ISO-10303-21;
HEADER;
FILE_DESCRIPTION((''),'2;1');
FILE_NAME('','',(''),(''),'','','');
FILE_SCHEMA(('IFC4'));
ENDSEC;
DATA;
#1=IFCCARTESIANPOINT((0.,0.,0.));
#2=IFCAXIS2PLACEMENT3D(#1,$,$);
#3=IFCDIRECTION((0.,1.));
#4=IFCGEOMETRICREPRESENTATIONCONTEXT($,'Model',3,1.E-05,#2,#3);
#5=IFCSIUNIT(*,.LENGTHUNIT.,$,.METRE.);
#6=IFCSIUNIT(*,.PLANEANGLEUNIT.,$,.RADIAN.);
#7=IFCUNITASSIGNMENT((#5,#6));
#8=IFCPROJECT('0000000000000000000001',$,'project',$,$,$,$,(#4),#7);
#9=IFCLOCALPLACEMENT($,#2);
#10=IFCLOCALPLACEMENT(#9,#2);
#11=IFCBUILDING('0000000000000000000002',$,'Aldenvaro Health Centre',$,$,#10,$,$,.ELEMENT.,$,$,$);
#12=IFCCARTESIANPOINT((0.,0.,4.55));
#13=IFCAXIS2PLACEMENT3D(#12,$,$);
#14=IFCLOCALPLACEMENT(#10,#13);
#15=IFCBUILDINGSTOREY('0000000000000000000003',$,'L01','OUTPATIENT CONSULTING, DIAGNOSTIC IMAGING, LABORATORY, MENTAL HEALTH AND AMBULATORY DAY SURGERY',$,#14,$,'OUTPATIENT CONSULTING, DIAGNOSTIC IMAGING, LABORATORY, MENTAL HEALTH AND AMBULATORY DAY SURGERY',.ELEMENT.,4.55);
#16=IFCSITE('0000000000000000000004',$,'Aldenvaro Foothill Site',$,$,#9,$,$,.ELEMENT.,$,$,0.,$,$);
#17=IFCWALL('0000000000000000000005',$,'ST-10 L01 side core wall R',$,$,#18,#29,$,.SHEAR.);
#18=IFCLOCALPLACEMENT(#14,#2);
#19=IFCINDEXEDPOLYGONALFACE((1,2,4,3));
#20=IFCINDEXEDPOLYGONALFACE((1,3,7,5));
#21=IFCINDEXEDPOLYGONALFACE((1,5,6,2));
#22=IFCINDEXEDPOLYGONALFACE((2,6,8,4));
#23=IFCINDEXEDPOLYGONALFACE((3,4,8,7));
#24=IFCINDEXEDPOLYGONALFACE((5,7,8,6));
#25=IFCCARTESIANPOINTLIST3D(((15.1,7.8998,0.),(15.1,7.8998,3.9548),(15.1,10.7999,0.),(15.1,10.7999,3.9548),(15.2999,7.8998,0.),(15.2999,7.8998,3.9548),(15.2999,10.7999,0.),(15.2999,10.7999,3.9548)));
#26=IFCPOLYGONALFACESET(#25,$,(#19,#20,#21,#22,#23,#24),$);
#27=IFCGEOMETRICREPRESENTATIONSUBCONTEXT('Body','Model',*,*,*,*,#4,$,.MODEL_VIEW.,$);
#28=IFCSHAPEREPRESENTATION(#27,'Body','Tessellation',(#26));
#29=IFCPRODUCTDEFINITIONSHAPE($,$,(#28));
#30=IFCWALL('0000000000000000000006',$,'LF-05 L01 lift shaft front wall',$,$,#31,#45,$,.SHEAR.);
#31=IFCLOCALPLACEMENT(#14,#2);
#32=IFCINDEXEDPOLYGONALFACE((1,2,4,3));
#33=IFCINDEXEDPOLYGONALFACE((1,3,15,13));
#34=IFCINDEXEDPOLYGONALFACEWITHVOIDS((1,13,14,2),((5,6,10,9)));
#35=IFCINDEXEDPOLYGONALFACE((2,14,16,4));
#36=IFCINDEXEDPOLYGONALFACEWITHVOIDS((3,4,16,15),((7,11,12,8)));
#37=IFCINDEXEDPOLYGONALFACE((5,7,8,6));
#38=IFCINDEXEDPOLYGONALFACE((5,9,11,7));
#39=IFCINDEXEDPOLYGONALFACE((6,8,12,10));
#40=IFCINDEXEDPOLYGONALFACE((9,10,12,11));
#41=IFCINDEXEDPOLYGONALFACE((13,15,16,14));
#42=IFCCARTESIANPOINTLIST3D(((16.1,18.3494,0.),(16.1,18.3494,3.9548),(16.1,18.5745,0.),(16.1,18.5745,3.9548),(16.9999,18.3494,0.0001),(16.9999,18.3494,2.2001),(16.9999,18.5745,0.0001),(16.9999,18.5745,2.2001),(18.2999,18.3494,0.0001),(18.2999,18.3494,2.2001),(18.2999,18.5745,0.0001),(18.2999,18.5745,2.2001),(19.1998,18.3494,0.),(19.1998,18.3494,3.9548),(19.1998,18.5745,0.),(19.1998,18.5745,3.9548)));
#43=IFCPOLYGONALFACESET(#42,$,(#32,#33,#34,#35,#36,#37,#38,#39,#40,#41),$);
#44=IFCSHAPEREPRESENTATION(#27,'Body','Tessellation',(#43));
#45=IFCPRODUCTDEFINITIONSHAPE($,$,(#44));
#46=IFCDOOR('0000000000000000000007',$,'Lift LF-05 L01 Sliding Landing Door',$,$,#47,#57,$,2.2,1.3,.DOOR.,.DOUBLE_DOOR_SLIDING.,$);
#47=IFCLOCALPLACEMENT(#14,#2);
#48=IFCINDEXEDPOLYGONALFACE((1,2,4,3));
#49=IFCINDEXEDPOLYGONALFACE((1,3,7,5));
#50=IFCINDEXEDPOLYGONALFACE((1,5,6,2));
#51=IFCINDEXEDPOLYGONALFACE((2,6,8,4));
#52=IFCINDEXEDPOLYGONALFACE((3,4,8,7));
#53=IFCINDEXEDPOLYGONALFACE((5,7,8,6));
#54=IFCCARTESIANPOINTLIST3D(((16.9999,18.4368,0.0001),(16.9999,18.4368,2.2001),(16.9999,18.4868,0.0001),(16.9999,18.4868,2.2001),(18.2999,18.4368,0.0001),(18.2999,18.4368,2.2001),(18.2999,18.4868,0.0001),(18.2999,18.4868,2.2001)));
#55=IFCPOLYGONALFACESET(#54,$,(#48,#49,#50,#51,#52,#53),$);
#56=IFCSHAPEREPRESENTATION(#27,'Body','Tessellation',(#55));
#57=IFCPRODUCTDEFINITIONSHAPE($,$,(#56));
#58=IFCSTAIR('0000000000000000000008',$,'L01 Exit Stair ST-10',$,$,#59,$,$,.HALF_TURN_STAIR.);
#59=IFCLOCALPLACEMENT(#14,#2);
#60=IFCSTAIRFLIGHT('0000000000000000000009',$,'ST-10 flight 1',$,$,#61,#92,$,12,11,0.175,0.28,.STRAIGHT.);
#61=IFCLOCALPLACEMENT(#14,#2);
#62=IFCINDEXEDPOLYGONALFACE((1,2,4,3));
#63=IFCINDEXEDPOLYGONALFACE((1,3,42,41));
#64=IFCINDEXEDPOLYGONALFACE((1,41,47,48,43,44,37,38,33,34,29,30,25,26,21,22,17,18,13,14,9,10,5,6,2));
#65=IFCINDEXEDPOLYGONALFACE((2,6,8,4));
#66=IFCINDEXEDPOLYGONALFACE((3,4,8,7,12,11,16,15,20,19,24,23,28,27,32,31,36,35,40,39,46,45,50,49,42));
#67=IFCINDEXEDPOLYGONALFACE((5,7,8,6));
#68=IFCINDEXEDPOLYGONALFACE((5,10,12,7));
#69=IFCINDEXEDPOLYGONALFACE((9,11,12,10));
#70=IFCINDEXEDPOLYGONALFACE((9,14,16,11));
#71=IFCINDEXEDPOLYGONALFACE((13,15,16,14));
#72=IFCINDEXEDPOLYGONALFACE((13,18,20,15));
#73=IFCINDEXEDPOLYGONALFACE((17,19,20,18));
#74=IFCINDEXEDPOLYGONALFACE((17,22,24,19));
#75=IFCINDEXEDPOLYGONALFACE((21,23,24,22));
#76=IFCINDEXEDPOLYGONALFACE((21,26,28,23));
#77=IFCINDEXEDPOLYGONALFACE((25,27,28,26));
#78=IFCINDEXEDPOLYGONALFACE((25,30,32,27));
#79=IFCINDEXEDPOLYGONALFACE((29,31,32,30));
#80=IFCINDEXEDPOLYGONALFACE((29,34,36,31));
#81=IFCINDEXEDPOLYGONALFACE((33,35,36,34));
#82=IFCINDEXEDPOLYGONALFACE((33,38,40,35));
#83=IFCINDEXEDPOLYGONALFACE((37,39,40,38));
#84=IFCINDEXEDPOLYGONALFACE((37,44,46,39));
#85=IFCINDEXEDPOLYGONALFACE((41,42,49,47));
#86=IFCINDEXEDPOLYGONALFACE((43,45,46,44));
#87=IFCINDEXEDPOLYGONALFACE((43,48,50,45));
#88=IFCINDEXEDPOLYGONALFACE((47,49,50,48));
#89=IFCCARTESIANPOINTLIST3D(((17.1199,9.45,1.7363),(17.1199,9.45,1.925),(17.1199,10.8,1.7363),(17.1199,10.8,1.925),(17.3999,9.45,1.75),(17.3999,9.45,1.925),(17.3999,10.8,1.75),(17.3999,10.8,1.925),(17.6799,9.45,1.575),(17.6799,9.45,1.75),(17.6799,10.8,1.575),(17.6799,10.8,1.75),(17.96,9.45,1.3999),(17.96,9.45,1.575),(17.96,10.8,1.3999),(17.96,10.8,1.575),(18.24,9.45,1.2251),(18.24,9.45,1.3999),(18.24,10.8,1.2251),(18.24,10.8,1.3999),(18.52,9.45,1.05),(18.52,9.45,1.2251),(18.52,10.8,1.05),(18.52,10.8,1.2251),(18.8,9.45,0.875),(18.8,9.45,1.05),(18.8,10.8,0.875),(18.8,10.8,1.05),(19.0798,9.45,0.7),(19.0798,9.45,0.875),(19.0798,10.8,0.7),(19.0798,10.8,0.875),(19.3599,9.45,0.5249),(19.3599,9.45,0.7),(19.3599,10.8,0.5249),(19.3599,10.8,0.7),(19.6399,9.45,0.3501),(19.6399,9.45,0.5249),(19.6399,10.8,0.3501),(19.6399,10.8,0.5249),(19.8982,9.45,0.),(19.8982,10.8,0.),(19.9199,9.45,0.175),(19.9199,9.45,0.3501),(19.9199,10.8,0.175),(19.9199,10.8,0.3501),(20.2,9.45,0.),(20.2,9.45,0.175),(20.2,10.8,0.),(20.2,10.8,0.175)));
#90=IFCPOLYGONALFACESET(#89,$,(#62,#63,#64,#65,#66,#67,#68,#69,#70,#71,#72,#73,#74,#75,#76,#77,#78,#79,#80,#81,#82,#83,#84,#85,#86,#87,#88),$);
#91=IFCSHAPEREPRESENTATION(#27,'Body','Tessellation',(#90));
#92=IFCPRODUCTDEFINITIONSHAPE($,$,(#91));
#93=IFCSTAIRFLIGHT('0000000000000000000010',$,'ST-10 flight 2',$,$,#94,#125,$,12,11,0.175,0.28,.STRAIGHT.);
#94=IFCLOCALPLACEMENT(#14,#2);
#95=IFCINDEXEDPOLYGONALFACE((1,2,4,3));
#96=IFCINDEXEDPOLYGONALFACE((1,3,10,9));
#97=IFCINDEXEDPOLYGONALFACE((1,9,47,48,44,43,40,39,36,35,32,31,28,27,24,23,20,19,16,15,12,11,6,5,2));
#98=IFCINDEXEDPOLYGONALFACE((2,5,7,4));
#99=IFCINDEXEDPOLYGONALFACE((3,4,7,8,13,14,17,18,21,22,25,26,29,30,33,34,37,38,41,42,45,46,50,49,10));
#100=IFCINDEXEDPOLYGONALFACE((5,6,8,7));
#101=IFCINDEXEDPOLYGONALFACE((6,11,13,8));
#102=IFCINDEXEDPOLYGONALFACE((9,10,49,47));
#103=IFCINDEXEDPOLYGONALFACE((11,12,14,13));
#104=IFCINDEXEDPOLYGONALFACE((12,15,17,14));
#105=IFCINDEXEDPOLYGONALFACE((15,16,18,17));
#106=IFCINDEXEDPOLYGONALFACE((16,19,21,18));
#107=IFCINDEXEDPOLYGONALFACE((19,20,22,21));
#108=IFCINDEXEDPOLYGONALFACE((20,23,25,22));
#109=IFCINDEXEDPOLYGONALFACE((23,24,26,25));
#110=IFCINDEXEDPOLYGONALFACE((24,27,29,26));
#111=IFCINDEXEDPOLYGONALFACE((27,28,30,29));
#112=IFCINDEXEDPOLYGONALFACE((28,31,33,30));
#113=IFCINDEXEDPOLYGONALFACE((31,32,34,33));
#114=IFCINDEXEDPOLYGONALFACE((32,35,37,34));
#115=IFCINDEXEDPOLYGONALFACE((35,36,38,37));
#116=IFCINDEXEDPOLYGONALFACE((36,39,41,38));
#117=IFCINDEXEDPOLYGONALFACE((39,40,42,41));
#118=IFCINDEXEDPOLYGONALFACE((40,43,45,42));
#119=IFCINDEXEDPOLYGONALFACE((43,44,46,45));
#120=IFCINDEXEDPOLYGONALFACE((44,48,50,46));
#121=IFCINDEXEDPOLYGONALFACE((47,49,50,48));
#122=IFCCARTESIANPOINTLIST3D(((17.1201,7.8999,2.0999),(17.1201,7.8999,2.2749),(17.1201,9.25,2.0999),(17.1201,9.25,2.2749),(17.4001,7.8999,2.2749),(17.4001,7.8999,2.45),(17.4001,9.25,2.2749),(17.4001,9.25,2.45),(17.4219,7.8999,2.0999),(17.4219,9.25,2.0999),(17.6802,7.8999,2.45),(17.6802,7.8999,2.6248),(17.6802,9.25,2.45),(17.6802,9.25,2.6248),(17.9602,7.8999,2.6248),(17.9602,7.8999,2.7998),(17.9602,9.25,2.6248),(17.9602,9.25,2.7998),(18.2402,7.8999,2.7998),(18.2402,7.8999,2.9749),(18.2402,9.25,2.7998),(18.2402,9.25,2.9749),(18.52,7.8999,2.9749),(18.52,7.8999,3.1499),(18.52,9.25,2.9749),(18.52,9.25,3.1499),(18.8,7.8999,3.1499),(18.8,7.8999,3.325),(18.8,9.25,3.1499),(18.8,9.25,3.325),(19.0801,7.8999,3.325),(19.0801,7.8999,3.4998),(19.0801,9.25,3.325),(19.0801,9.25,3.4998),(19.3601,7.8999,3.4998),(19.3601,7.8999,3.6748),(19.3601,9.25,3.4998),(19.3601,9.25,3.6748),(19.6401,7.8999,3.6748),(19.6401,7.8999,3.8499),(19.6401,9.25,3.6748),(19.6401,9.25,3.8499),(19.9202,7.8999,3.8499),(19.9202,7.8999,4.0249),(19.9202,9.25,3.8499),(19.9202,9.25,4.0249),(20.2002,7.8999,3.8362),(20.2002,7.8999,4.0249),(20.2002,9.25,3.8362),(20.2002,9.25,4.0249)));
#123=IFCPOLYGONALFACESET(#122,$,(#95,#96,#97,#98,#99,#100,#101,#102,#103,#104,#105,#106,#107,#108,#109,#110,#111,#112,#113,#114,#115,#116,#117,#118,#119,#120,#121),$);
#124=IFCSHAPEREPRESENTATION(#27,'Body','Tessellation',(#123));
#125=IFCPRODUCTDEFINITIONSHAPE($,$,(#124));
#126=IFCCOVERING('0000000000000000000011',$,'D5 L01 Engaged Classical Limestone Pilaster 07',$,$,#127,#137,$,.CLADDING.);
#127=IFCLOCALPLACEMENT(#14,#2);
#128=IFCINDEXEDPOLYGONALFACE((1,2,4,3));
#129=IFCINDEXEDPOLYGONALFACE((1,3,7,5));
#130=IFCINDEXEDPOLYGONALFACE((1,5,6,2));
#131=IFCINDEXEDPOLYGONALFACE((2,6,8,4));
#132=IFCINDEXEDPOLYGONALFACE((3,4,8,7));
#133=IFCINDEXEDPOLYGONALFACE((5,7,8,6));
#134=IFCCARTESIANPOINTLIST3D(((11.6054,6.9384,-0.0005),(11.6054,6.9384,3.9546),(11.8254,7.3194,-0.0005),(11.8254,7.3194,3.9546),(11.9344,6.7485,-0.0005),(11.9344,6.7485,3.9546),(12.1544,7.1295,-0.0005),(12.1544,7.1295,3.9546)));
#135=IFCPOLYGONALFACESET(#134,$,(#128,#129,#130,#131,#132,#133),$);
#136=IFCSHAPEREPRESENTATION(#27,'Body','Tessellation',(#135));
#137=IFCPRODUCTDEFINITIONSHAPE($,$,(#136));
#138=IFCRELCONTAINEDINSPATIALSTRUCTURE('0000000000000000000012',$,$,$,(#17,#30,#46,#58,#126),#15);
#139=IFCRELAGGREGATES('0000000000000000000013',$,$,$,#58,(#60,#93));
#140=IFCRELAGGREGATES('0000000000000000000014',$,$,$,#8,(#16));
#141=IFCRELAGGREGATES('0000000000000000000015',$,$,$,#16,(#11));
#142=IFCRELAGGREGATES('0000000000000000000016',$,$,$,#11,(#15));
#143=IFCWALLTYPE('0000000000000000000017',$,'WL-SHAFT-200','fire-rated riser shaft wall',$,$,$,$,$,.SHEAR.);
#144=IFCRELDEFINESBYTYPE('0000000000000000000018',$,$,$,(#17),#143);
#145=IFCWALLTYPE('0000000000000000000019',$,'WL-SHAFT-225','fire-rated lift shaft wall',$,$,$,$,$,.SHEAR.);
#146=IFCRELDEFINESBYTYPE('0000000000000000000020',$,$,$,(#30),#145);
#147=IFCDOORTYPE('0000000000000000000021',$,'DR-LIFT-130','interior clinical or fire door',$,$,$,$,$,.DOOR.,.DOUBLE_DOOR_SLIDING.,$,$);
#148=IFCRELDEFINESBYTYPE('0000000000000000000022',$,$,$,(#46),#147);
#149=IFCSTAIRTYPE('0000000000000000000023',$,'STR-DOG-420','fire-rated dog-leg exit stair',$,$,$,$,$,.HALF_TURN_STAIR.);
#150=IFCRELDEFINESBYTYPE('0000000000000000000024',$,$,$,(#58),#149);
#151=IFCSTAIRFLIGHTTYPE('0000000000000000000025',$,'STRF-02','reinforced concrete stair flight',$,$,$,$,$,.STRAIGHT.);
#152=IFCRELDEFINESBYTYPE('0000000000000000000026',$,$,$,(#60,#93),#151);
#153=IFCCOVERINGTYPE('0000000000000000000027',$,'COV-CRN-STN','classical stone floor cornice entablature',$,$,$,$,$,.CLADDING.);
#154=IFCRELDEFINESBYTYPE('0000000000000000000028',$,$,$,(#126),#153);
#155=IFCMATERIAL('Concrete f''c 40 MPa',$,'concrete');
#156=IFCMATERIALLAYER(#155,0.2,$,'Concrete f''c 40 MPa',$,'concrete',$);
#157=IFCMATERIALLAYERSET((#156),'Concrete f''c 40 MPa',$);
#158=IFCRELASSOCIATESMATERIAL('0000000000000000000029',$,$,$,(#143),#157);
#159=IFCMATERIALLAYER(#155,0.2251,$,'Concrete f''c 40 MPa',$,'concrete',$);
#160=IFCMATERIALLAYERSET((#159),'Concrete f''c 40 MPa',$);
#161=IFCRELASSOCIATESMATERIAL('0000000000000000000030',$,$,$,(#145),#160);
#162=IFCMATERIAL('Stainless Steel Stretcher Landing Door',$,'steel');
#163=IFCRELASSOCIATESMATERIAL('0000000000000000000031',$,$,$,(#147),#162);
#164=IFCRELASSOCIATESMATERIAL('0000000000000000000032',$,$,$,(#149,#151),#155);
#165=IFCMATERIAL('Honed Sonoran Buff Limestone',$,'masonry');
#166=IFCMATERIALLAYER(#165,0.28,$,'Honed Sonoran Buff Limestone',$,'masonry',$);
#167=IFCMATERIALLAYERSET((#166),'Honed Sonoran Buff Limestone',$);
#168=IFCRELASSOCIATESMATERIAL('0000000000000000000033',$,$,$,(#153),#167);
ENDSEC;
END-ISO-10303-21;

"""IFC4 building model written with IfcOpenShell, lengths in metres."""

from ifc_helpers import new_model, si_unit, direction, frame, frame_2d, origin, origin_2d, place, context, subcontext, project, spatial, polyline, rectangle, outline, extrude, material, layer, layer_set, type_object, element, fill, aggregate, save


model = new_model("IFC4")

# Units and contexts
model_context = context("Model", 3, precision=1e-05, world=origin(), true_north=direction((0.0, 1.0)))
body_context = subcontext(model_context, "Body", "Model", "MODEL_VIEW")
ifc_project = project(units=[si_unit("LENGTHUNIT", "METRE"), si_unit("PLANEANGLEUNIT", "RADIAN")], contexts=[model_context])

# Site, building, storey
site_placement = place(None, origin())
site = spatial("IfcSite", under=ifc_project, at=site_placement, Name="Aldenvaro Foothill Site", CompositionType="ELEMENT", RefElevation=0.0)
building_placement = place(site_placement, origin())
building = spatial("IfcBuilding", under=site, at=building_placement, Name="Aldenvaro Health Centre", CompositionType="ELEMENT")
storey_placement = place(building_placement, frame((0.0, 0.0, 4.55)))
storey = spatial("IfcBuildingStorey", under=building, at=storey_placement, Name="L01", Description="OUTPATIENT CONSULTING, DIAGNOSTIC IMAGING, LABORATORY, MENTAL HEALTH AND AMBULATORY DAY SURGERY", LongName="OUTPATIENT CONSULTING, DIAGNOSTIC IMAGING, LABORATORY, MENTAL HEALTH AND AMBULATORY DAY SURGERY", CompositionType="ELEMENT", Elevation=4.55)

# Shared definitions
ifc_material_1 = material(Name="Concrete f'c 40 MPa", Category="concrete")

# Wall
ifc_layer_1 = layer(ifc_material_1, 0.2, Name="Concrete f'c 40 MPa", Category="concrete")
ifc_layer_set_1 = layer_set([ifc_layer_1], Name="Concrete f'c 40 MPa")
wall_type_1 = type_object("IfcWallType", Name="WL-SHAFT-200", Description="fire-rated riser shaft wall", PredefinedType="SHEAR", material=ifc_layer_set_1)
wall_1_placement = place(storey_placement, frame((15.2, 10.8, 0.0), z_axis=(0.0, 0.0, 1.0), x_axis=(0.0, -1.0, 0.0)))
element("IfcWall", 1, at=wall_1_placement, inside=storey, type_object=wall_type_1, Name="ST-10 L01 side core wall R", PredefinedType="SHEAR", context=body_context, shape_type="SweptSolid", body=[
    extrude(rectangle(XDim=2.9001, YDim=0.2, at=frame_2d((1.4502, 0.0))), origin(), (0.0, 0.0, 1.0), 3.9548),
])

# Wall, opening, door
ifc_layer_2 = layer(ifc_material_1, 0.2251, Name="Concrete f'c 40 MPa", Category="concrete")
ifc_layer_set_2 = layer_set([ifc_layer_2], Name="Concrete f'c 40 MPa")
wall_type_2 = type_object("IfcWallType", Name="WL-SHAFT-225", Description="fire-rated lift shaft wall", PredefinedType="SHEAR", material=ifc_layer_set_2)
wall_2_placement = place(storey_placement, frame((16.1001, 18.4619, 0.0), z_axis=(0.0, 0.0, 1.0), x_axis=(1.0, 0.0, 0.0)))
wall_2 = element("IfcWall", 2, at=wall_2_placement, inside=storey, type_object=wall_type_2, Name="LF-05 L01 lift shaft front wall", PredefinedType="SHEAR", context=body_context, shape_type="SweptSolid", body=[
    extrude(rectangle(XDim=3.0999, YDim=0.2251, at=frame_2d((1.5498, 0.0))), origin(), (0.0, 0.0, 1.0), 3.9548),
])
opening_1_placement = place(wall_2_placement, frame((0.8999, 0.0, 0.0)))
opening_1 = element("IfcOpeningElement", 3, at=opening_1_placement, cuts=wall_2, PredefinedType="OPENING", context=body_context, shape_type="SweptSolid", body=[
    extrude(rectangle(XDim=1.3, YDim=2.2, at=frame_2d((0.6499, 1.1001))), frame((0.0, 0.1226, 0.0), z_axis=(0.0, -1.0, 0.0), x_axis=(1.0, 0.0, 0.0)), (0.0, 0.0, 1.0), 0.2451),
])
ifc_material_2 = material(Name="Stainless Steel Stretcher Landing Door", Category="steel")
door_type_1 = type_object("IfcDoorType", Name="DR-LIFT-130", Description="interior clinical or fire door", OperationType="DOUBLE_DOOR_SLIDING", PredefinedType="DOOR", material=ifc_material_2)
door_1_placement = place(opening_1_placement, origin())
door_1 = element("IfcDoor", 4, at=door_1_placement, inside=storey, type_object=door_type_1, Name="Lift LF-05 L01 Sliding Landing Door", OperationType="DOUBLE_DOOR_SLIDING", OverallHeight=2.2, OverallWidth=1.3, PredefinedType="DOOR", context=body_context, shape_type="SweptSolid", body=[
    extrude(rectangle(XDim=1.3, YDim=2.2, at=frame_2d((0.6499, 1.1001))), frame((0.0, 0.0249, 0.0), z_axis=(0.0, -1.0, 0.0), x_axis=(1.0, 0.0, 0.0)), (0.0, 0.0, 1.0), 0.05),
])
fill(opening_1, door_1)

# Stair, stair flights
stair_type = type_object("IfcStairType", Name="STR-DOG-420", Description="fire-rated dog-leg exit stair", PredefinedType="HALF_TURN_STAIR", material=ifc_material_1)
stair_placement = place(storey_placement, origin())
stair = element("IfcStair", 5, at=stair_placement, inside=storey, type_object=stair_type, Name="L01 Exit Stair ST-10", PredefinedType="HALF_TURN_STAIR")
stair_flight_type = type_object("IfcStairFlightType", Name="STRF-02", Description="reinforced concrete stair flight", PredefinedType="STRAIGHT", material=ifc_material_1)
stair_flight_1_placement = place(storey_placement, frame((20.2, 10.125, 0.0), z_axis=(0.0, 0.0, 1.0), x_axis=(-1.0, 0.0, 0.0)))
stair_flight_1 = element("IfcStairFlight", 6, at=stair_flight_1_placement, type_object=stair_flight_type, Name="ST-10 flight 1", NumberOfRisers=12, NumberOfTreads=11, PredefinedType="STRAIGHT", RiserHeight=0.175, TreadLength=0.28, context=body_context, shape_type="SweptSolid", body=[
    extrude(outline(polyline([(0.0, 0.0), (0.0, 0.175), (0.28, 0.175), (0.28, 0.3501), (0.5601, 0.3501), (0.5601, 0.5249), (0.8401, 0.5249), (0.8401, 0.7), (1.1201, 0.7), (1.1201, 0.875), (1.3999, 0.875), (1.3999, 1.05), (1.6799, 1.05), (1.6799, 1.2251), (1.96, 1.2251), (1.96, 1.3999), (2.24, 1.3999), (2.24, 1.575), (2.52, 1.575), (2.52, 1.75), (2.8, 1.75), (2.8, 1.925), (3.0801, 1.925), (3.0801, 2.1001), (3.0801, 1.7363), (0.3018, 0.0), (0.0, 0.0)])), frame((0.0, 0.675, 0.0), z_axis=(0.0, -1.0, 0.0), x_axis=(1.0, 0.0, 0.0)), (0.0, 0.0, 1.0), 1.3501),
])
stair_flight_2_placement = place(storey_placement, frame((17.1201, 8.575, 2.0999), z_axis=(0.0, 0.0, 1.0), x_axis=(1.0, 0.0, 0.0)))
stair_flight_2 = element("IfcStairFlight", 7, at=stair_flight_2_placement, type_object=stair_flight_type, Name="ST-10 flight 2", NumberOfRisers=12, NumberOfTreads=11, PredefinedType="STRAIGHT", RiserHeight=0.175, TreadLength=0.28, context=body_context, shape_type="SweptSolid", body=[
    extrude(outline(polyline([(0.0, 0.0), (0.0, 0.175), (0.28, 0.175), (0.28, 0.3501), (0.5601, 0.3501), (0.5601, 0.5249), (0.8401, 0.5249), (0.8401, 0.7), (1.1201, 0.7), (1.1201, 0.875), (1.3999, 0.875), (1.3999, 1.05), (1.6799, 1.05), (1.6799, 1.2251), (1.96, 1.2251), (1.96, 1.3999), (2.24, 1.3999), (2.24, 1.575), (2.52, 1.575), (2.52, 1.75), (2.8, 1.75), (2.8, 1.925), (3.0801, 1.925), (3.0801, 2.1001), (3.0801, 1.7363), (0.3018, 0.0), (0.0, 0.0)])), frame((0.0, 0.675, 0.0), z_axis=(0.0, -1.0, 0.0), x_axis=(1.0, 0.0, 0.0)), (0.0, 0.0, 1.0), 1.3501),
])
aggregate(stair, [stair_flight_1, stair_flight_2])

# Covering
ifc_material_3 = material(Name="Honed Sonoran Buff Limestone", Category="masonry")
ifc_layer_3 = layer(ifc_material_3, 0.28, Name="Honed Sonoran Buff Limestone", Category="masonry")
ifc_layer_set_3 = layer_set([ifc_layer_3], Name="Honed Sonoran Buff Limestone")
covering_type = type_object("IfcCoveringType", Name="COV-CRN-STN", Description="classical stone floor cornice entablature", PredefinedType="CLADDING", material=ifc_layer_set_3)
covering_placement = place(storey_placement, frame((11.8799, 7.0339, -0.0005), z_axis=(0.0, 0.0, 1.0), x_axis=(-0.499991, -0.866031, 0.0)))
element("IfcCovering", 8, at=covering_placement, inside=storey, type_object=covering_type, Name="D5 L01 Engaged Classical Limestone Pilaster 07", PredefinedType="CLADDING", context=body_context, shape_type="SweptSolid", body=[
    extrude(rectangle(XDim=0.4399, YDim=0.3799, at=origin_2d()), origin(), (0.0, 0.0, 1.0), 3.9551),
])

save(model, "model.ifc")
